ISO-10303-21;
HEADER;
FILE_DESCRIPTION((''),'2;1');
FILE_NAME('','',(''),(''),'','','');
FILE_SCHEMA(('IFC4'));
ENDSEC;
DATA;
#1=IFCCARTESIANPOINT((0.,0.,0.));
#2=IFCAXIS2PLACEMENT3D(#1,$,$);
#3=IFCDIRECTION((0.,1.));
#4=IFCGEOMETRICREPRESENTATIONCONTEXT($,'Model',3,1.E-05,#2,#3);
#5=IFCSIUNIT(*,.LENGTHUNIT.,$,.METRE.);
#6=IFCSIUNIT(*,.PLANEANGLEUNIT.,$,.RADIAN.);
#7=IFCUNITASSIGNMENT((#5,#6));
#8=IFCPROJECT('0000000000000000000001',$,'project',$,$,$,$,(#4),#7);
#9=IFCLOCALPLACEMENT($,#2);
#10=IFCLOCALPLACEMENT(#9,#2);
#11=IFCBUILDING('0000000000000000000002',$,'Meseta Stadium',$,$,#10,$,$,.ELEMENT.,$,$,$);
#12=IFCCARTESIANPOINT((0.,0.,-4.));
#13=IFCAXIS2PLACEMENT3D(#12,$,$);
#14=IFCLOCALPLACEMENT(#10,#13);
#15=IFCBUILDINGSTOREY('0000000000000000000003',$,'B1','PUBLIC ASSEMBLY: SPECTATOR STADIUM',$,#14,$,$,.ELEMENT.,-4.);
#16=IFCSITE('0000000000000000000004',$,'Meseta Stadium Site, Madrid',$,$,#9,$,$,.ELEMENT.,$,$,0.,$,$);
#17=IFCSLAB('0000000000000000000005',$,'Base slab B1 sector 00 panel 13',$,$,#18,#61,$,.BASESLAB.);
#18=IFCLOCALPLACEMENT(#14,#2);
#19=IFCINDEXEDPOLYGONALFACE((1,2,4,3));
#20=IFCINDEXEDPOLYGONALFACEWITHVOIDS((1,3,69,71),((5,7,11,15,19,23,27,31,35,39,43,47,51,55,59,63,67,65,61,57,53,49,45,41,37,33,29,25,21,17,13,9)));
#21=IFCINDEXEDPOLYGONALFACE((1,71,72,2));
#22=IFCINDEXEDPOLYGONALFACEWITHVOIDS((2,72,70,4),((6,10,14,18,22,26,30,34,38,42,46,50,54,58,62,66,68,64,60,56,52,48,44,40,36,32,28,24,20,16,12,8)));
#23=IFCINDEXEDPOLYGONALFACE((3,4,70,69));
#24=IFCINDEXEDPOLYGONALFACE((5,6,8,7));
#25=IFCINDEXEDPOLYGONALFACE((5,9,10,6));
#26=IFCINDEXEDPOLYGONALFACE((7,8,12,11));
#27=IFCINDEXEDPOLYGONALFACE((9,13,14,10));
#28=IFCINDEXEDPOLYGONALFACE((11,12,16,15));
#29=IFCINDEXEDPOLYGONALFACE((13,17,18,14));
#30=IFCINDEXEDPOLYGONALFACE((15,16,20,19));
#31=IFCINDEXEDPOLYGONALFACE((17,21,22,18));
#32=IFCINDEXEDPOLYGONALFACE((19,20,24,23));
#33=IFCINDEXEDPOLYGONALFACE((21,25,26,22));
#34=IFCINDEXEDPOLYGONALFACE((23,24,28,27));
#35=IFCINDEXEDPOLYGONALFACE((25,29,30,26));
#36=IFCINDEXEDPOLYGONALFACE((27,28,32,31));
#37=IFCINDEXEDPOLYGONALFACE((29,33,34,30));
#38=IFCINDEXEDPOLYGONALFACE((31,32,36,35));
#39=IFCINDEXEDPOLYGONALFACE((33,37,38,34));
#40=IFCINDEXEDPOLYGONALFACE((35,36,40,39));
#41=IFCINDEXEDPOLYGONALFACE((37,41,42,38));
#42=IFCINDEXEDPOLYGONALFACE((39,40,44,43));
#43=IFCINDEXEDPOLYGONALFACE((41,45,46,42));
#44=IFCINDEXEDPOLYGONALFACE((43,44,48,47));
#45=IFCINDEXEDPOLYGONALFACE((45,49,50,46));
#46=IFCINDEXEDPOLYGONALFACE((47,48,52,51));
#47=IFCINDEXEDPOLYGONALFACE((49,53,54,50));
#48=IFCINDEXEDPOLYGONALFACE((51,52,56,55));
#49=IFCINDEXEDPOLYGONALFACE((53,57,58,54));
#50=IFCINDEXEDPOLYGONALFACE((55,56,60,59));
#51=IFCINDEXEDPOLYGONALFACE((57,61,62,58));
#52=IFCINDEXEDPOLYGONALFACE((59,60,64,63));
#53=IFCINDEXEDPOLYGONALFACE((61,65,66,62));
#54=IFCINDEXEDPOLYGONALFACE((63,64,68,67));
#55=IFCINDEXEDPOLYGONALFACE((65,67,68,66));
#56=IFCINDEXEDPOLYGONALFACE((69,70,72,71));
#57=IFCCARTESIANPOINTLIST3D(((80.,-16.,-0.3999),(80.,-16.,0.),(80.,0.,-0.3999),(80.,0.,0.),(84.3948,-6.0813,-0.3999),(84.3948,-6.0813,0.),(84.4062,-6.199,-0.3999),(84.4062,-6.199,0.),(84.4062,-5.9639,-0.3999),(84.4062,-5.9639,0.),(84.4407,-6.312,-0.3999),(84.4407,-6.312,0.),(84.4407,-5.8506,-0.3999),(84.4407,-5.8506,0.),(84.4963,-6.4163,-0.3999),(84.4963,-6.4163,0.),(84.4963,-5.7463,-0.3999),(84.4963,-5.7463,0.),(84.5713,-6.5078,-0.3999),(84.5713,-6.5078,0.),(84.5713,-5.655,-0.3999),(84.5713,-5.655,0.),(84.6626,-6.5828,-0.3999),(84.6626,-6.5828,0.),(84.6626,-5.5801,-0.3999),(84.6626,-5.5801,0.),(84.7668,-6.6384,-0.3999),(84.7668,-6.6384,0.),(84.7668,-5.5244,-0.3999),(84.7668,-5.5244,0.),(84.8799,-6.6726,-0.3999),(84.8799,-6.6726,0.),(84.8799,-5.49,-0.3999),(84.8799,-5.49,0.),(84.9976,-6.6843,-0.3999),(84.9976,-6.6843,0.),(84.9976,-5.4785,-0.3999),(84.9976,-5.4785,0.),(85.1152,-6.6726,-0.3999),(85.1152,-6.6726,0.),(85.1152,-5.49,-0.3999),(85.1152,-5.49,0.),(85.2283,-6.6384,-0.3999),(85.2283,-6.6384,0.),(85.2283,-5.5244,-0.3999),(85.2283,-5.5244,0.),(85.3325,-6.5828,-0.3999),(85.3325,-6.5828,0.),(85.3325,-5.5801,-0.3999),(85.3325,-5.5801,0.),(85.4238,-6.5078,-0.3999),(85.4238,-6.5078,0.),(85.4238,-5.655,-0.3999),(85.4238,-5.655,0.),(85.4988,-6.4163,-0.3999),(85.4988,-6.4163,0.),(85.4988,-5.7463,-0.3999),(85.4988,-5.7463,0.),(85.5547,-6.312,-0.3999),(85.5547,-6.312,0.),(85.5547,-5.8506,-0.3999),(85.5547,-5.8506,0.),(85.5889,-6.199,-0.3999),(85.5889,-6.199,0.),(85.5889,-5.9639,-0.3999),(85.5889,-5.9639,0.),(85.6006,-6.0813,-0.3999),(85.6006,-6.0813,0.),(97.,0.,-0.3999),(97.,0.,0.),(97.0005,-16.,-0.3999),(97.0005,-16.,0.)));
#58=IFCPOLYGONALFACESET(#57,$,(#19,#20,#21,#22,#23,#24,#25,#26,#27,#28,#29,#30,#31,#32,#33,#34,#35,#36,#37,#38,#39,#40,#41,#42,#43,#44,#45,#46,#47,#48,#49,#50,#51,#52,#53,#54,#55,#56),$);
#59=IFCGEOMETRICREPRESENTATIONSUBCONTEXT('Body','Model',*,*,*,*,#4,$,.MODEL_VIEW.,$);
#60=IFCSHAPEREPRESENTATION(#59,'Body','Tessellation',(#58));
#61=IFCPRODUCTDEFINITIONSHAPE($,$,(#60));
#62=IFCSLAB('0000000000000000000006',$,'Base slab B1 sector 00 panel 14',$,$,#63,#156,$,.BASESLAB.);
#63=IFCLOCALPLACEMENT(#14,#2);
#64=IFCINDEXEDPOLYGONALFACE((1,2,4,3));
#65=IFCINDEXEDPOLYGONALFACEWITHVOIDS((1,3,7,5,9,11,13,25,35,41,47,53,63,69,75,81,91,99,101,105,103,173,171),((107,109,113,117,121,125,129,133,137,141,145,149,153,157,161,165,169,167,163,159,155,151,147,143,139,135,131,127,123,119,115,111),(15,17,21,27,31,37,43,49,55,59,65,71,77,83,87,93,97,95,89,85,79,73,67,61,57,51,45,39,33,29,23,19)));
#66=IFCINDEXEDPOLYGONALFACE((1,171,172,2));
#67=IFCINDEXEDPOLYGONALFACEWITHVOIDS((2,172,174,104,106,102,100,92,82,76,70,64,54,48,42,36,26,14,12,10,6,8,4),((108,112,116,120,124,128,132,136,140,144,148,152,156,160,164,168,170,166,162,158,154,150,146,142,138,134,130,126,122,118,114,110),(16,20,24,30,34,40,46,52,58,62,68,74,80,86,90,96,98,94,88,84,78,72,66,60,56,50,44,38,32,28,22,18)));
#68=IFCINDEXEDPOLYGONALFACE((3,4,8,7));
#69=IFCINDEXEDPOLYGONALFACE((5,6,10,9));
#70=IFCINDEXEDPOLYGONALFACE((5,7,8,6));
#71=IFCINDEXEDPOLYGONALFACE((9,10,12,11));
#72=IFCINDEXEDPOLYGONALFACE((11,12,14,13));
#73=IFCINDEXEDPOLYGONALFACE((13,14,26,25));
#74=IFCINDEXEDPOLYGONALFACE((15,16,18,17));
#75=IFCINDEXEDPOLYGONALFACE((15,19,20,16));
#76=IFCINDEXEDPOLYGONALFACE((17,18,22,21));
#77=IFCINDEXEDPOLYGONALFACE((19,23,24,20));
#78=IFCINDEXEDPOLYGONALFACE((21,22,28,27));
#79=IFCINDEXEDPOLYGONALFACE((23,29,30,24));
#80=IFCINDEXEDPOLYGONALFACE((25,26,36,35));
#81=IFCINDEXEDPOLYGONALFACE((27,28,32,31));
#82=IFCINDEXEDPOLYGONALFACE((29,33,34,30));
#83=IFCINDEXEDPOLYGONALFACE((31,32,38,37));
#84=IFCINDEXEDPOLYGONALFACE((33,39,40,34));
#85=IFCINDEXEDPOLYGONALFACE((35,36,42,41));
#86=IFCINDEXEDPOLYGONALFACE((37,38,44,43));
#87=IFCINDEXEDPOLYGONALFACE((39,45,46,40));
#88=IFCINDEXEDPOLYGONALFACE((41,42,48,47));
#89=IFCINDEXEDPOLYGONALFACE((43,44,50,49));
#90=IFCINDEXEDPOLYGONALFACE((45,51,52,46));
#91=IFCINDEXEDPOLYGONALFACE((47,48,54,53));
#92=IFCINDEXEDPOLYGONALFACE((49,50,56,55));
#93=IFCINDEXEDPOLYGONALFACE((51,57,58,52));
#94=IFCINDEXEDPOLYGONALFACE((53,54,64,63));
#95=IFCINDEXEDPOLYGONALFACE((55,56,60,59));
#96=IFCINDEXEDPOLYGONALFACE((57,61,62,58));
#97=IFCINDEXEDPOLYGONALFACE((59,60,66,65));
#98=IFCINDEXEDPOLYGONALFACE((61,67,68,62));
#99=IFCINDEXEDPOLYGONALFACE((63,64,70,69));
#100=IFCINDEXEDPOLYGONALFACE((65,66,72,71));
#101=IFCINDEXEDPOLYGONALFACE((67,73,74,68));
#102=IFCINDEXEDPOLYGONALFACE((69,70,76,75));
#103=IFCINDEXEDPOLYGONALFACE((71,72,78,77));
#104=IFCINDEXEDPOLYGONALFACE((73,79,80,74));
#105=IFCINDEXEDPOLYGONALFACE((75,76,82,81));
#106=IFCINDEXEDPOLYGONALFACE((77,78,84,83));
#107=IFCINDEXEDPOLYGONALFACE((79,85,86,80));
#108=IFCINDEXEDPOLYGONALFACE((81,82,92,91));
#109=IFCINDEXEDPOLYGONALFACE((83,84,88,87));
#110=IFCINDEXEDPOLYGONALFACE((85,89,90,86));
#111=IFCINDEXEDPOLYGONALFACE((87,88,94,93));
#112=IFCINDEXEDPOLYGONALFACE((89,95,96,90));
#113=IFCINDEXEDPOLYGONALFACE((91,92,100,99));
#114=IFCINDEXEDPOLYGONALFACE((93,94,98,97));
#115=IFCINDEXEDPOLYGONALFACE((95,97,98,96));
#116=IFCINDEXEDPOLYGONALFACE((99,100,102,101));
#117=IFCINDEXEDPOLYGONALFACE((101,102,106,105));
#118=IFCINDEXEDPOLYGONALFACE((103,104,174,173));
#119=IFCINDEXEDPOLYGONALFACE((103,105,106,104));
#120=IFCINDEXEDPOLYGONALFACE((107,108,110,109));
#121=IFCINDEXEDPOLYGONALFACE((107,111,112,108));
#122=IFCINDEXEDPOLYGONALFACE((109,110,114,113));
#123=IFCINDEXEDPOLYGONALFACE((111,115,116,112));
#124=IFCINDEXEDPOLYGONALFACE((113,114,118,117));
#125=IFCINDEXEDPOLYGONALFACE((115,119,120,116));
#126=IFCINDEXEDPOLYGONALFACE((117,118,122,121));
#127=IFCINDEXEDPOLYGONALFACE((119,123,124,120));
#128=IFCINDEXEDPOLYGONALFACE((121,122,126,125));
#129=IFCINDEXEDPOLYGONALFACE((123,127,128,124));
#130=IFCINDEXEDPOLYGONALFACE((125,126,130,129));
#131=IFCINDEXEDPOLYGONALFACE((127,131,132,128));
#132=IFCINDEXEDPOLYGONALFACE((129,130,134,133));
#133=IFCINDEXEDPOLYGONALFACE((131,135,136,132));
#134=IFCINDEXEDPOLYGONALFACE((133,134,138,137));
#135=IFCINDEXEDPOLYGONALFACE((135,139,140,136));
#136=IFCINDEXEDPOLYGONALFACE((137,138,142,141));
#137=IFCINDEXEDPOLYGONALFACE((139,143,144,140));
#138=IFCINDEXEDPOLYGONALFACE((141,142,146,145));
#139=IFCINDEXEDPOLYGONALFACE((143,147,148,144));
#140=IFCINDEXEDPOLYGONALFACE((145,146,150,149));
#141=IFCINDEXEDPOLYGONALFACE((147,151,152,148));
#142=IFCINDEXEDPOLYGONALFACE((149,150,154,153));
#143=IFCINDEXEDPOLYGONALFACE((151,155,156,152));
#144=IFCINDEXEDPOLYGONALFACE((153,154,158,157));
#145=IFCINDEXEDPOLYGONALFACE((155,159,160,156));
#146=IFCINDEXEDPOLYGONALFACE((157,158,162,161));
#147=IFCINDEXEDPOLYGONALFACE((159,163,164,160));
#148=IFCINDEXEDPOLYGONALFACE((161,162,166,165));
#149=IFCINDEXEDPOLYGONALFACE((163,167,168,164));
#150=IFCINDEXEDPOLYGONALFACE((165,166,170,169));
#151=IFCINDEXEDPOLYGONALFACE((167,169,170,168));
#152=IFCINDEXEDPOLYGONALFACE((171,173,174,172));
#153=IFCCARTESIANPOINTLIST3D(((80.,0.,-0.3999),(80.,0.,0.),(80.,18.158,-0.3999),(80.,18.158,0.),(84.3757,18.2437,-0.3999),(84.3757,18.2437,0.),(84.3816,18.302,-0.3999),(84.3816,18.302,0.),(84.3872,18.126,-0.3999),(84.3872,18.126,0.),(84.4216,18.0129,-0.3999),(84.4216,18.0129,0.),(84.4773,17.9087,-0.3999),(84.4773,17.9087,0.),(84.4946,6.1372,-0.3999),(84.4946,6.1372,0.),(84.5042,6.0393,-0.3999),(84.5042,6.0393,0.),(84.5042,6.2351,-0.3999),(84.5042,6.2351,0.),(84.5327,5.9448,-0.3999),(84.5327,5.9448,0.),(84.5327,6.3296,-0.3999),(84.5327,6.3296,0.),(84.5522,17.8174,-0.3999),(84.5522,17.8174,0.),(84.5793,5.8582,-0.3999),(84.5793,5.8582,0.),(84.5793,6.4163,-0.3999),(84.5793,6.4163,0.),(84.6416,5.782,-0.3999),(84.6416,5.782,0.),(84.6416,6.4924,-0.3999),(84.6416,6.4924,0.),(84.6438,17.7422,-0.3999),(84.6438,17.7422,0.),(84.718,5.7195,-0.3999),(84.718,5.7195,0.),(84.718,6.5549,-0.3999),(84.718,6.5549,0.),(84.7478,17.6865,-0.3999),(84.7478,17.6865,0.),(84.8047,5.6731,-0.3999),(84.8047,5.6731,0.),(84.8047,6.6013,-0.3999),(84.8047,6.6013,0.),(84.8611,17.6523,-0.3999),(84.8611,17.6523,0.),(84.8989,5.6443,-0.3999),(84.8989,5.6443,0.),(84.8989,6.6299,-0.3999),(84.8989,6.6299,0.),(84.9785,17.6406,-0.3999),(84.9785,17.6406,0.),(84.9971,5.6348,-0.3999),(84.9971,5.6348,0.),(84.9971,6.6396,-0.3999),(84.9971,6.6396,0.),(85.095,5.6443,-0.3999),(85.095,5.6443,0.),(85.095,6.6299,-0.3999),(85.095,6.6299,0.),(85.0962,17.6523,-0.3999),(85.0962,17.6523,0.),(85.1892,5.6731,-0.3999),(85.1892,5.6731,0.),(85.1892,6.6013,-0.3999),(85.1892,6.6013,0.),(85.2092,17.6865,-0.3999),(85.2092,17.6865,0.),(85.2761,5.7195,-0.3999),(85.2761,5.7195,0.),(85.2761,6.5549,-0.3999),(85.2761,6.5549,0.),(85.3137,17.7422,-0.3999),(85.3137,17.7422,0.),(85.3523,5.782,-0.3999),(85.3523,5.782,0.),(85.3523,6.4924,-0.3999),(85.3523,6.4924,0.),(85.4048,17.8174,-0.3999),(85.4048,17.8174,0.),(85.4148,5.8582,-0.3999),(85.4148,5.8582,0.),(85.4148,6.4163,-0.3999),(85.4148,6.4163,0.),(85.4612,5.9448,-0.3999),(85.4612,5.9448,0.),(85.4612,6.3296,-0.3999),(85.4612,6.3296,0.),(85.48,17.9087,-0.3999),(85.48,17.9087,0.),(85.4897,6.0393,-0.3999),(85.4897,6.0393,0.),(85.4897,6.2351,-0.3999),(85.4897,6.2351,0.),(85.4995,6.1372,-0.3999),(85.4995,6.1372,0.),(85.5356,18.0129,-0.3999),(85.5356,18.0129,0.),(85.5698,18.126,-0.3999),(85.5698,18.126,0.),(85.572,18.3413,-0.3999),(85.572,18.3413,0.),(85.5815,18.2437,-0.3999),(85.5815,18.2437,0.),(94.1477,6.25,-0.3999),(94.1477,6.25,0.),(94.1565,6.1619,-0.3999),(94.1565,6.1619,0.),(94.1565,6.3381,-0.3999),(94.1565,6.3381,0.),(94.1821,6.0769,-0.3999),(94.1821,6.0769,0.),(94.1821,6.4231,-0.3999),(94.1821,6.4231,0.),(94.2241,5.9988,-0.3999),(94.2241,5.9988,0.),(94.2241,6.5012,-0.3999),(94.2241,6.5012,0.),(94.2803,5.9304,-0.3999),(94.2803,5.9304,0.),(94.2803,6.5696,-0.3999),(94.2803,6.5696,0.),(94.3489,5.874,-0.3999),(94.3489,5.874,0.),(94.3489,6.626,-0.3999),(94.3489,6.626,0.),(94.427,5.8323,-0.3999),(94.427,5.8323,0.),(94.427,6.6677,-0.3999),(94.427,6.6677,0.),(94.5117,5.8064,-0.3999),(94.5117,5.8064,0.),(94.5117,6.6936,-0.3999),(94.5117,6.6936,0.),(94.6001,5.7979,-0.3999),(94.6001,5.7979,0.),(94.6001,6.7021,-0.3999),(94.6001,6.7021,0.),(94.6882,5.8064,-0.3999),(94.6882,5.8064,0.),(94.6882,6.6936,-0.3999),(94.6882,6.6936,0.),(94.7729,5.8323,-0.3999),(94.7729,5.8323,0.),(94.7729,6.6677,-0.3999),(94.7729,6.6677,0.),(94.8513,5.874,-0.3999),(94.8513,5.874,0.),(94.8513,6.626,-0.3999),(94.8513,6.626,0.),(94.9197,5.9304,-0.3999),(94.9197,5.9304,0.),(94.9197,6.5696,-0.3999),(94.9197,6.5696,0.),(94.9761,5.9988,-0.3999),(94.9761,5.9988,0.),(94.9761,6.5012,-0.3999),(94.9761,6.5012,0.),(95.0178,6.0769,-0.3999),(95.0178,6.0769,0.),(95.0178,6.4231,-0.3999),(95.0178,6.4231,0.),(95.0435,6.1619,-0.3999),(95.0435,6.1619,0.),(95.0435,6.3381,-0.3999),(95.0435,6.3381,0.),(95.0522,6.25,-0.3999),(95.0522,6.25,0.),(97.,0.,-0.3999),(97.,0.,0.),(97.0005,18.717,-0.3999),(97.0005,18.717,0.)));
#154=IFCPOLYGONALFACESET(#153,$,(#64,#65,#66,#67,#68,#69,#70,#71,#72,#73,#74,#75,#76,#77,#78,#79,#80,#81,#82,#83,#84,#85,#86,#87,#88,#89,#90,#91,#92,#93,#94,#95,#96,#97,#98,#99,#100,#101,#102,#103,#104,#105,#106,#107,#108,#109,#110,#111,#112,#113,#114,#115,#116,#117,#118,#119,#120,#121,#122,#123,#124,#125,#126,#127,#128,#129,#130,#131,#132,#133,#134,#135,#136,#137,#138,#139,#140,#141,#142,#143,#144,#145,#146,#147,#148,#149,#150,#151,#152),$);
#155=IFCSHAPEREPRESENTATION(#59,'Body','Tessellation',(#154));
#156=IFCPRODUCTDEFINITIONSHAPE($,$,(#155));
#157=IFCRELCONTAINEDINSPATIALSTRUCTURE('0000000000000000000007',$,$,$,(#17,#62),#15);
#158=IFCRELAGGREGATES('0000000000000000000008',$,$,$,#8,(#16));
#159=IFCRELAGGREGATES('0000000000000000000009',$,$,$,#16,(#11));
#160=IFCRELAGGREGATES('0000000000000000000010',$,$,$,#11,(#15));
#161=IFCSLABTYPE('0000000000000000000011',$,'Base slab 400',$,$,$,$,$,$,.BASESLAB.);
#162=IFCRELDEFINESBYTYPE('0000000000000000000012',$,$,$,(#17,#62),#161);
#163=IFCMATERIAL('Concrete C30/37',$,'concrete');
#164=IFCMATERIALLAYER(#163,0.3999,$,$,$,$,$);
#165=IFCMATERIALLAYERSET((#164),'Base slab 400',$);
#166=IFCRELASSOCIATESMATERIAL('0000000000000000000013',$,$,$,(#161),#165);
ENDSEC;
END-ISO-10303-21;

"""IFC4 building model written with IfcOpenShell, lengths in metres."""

from ifc_helpers import new_model, si_unit, direction, frame, origin, place, context, subcontext, project, spatial, polyline, outline, extrude, material, layer, layer_set, type_object, element, save


model = new_model("IFC4")

# Units and contexts
model_context = context("Model", 3, precision=1e-05, world=origin(), true_north=direction((0.0, 1.0)))
body_context = subcontext(model_context, "Body", "Model", "MODEL_VIEW")
ifc_project = project(units=[si_unit("LENGTHUNIT", "METRE"), si_unit("PLANEANGLEUNIT", "RADIAN")], contexts=[model_context])

# Site, building, storey
site_placement = place(None, origin())
site = spatial("IfcSite", under=ifc_project, at=site_placement, Name="Meseta Stadium Site, Madrid", CompositionType="ELEMENT", RefElevation=0.0)
building_placement = place(site_placement, origin())
building = spatial("IfcBuilding", under=site, at=building_placement, Name="Meseta Stadium", CompositionType="ELEMENT")
storey_placement = place(building_placement, frame((0.0, 0.0, -4.0)))
storey = spatial("IfcBuildingStorey", under=building, at=storey_placement, Name="B1", Description="PUBLIC ASSEMBLY: SPECTATOR STADIUM", CompositionType="ELEMENT", Elevation=-4.0)

# Slabs
ifc_material_1 = material(Name="Concrete C30/37", Category="concrete")
ifc_layer_1 = layer(ifc_material_1, 0.3999)
ifc_layer_set_1 = layer_set([ifc_layer_1], Name="Base slab 400")
slab_type = type_object("IfcSlabType", Name="Base slab 400", PredefinedType="BASESLAB", material=ifc_layer_set_1)
slab_1_placement = place(storey_placement, frame((0.0, 0.0, -0.3999)))
element("IfcSlab", 1, at=slab_1_placement, inside=storey, type_object=slab_type, Name="Base slab B1 sector 00 panel 13", PredefinedType="BASESLAB", context=body_context, shape_type="SweptSolid", body=[
    extrude(outline(polyline([(80.0, -16.0), (97.0005, -16.0), (97.0, 0.0), (80.0, 0.0), (80.0, -16.0)]), holes=[polyline([(84.9976, -6.6843), (84.8799, -6.6726), (84.7668, -6.6384), (84.6626, -6.5828), (84.5713, -6.5078), (84.4963, -6.4163), (84.4407, -6.312), (84.4062, -6.199), (84.3948, -6.0813), (84.4062, -5.9639), (84.4407, -5.8506), (84.4963, -5.7463), (84.5713, -5.655), (84.6626, -5.5801), (84.7668, -5.5244), (84.8799, -5.49), (84.9976, -5.4785), (85.1152, -5.49), (85.2283, -5.5244), (85.3325, -5.5801), (85.4238, -5.655), (85.4988, -5.7463), (85.5547, -5.8506), (85.5889, -5.9639), (85.6006, -6.0813), (85.5889, -6.199), (85.5547, -6.312), (85.4988, -6.4163), (85.4238, -6.5078), (85.3325, -6.5828), (85.2283, -6.6384), (85.1152, -6.6726), (84.9976, -6.6843)])]), origin(), (0.0, 0.0, 1.0), 0.3999),
])
slab_2_placement = place(storey_placement, frame((0.0, 0.0, -0.3999)))
element("IfcSlab", 2, at=slab_2_placement, inside=storey, type_object=slab_type, Name="Base slab B1 sector 00 panel 14", PredefinedType="BASESLAB", context=body_context, shape_type="SweptSolid", body=[
    extrude(outline(polyline([(84.3757, 18.2437), (84.3816, 18.302), (80.0, 18.158), (80.0, 0.0), (97.0, 0.0), (97.0005, 18.717), (85.572, 18.3413), (85.5815, 18.2437), (85.5698, 18.126), (85.5356, 18.0129), (85.48, 17.9087), (85.4048, 17.8174), (85.3137, 17.7422), (85.2092, 17.6865), (85.0962, 17.6523), (84.9785, 17.6406), (84.8611, 17.6523), (84.7478, 17.6865), (84.6438, 17.7422), (84.5522, 17.8174), (84.4773, 17.9087), (84.4216, 18.0129), (84.3872, 18.126), (84.3757, 18.2437)]), holes=[polyline([(85.3523, 5.782), (85.2761, 5.7195), (85.1892, 5.6731), (85.095, 5.6443), (84.9971, 5.6348), (84.8989, 5.6443), (84.8047, 5.6731), (84.718, 5.7195), (84.6416, 5.782), (84.5793, 5.8582), (84.5327, 5.9448), (84.5042, 6.0393), (84.4946, 6.1372), (84.5042, 6.2351), (84.5327, 6.3296), (84.5793, 6.4163), (84.6416, 6.4924), (84.718, 6.5549), (84.8047, 6.6013), (84.8989, 6.6299), (84.9971, 6.6396), (85.095, 6.6299), (85.1892, 6.6013), (85.2761, 6.5549), (85.3523, 6.4924), (85.4148, 6.4163), (85.4612, 6.3296), (85.4897, 6.2351), (85.4995, 6.1372), (85.4897, 6.0393), (85.4612, 5.9448), (85.4148, 5.8582), (85.3523, 5.782)]), polyline([(94.7729, 5.8323), (94.6882, 5.8064), (94.6001, 5.7979), (94.5117, 5.8064), (94.427, 5.8323), (94.3489, 5.874), (94.2803, 5.9304), (94.2241, 5.9988), (94.1821, 6.0769), (94.1565, 6.1619), (94.1477, 6.25), (94.1565, 6.3381), (94.1821, 6.4231), (94.2241, 6.5012), (94.2803, 6.5696), (94.3489, 6.626), (94.427, 6.6677), (94.5117, 6.6936), (94.6001, 6.7021), (94.6882, 6.6936), (94.7729, 6.6677), (94.8513, 6.626), (94.9197, 6.5696), (94.9761, 6.5012), (95.0178, 6.4231), (95.0435, 6.3381), (95.0522, 6.25), (95.0435, 6.1619), (95.0178, 6.0769), (94.9761, 5.9988), (94.9197, 5.9304), (94.8513, 5.874), (94.7729, 5.8323)])]), origin(), (0.0, 0.0, 1.0), 0.3999),
])

save(model, "model.ifc")
